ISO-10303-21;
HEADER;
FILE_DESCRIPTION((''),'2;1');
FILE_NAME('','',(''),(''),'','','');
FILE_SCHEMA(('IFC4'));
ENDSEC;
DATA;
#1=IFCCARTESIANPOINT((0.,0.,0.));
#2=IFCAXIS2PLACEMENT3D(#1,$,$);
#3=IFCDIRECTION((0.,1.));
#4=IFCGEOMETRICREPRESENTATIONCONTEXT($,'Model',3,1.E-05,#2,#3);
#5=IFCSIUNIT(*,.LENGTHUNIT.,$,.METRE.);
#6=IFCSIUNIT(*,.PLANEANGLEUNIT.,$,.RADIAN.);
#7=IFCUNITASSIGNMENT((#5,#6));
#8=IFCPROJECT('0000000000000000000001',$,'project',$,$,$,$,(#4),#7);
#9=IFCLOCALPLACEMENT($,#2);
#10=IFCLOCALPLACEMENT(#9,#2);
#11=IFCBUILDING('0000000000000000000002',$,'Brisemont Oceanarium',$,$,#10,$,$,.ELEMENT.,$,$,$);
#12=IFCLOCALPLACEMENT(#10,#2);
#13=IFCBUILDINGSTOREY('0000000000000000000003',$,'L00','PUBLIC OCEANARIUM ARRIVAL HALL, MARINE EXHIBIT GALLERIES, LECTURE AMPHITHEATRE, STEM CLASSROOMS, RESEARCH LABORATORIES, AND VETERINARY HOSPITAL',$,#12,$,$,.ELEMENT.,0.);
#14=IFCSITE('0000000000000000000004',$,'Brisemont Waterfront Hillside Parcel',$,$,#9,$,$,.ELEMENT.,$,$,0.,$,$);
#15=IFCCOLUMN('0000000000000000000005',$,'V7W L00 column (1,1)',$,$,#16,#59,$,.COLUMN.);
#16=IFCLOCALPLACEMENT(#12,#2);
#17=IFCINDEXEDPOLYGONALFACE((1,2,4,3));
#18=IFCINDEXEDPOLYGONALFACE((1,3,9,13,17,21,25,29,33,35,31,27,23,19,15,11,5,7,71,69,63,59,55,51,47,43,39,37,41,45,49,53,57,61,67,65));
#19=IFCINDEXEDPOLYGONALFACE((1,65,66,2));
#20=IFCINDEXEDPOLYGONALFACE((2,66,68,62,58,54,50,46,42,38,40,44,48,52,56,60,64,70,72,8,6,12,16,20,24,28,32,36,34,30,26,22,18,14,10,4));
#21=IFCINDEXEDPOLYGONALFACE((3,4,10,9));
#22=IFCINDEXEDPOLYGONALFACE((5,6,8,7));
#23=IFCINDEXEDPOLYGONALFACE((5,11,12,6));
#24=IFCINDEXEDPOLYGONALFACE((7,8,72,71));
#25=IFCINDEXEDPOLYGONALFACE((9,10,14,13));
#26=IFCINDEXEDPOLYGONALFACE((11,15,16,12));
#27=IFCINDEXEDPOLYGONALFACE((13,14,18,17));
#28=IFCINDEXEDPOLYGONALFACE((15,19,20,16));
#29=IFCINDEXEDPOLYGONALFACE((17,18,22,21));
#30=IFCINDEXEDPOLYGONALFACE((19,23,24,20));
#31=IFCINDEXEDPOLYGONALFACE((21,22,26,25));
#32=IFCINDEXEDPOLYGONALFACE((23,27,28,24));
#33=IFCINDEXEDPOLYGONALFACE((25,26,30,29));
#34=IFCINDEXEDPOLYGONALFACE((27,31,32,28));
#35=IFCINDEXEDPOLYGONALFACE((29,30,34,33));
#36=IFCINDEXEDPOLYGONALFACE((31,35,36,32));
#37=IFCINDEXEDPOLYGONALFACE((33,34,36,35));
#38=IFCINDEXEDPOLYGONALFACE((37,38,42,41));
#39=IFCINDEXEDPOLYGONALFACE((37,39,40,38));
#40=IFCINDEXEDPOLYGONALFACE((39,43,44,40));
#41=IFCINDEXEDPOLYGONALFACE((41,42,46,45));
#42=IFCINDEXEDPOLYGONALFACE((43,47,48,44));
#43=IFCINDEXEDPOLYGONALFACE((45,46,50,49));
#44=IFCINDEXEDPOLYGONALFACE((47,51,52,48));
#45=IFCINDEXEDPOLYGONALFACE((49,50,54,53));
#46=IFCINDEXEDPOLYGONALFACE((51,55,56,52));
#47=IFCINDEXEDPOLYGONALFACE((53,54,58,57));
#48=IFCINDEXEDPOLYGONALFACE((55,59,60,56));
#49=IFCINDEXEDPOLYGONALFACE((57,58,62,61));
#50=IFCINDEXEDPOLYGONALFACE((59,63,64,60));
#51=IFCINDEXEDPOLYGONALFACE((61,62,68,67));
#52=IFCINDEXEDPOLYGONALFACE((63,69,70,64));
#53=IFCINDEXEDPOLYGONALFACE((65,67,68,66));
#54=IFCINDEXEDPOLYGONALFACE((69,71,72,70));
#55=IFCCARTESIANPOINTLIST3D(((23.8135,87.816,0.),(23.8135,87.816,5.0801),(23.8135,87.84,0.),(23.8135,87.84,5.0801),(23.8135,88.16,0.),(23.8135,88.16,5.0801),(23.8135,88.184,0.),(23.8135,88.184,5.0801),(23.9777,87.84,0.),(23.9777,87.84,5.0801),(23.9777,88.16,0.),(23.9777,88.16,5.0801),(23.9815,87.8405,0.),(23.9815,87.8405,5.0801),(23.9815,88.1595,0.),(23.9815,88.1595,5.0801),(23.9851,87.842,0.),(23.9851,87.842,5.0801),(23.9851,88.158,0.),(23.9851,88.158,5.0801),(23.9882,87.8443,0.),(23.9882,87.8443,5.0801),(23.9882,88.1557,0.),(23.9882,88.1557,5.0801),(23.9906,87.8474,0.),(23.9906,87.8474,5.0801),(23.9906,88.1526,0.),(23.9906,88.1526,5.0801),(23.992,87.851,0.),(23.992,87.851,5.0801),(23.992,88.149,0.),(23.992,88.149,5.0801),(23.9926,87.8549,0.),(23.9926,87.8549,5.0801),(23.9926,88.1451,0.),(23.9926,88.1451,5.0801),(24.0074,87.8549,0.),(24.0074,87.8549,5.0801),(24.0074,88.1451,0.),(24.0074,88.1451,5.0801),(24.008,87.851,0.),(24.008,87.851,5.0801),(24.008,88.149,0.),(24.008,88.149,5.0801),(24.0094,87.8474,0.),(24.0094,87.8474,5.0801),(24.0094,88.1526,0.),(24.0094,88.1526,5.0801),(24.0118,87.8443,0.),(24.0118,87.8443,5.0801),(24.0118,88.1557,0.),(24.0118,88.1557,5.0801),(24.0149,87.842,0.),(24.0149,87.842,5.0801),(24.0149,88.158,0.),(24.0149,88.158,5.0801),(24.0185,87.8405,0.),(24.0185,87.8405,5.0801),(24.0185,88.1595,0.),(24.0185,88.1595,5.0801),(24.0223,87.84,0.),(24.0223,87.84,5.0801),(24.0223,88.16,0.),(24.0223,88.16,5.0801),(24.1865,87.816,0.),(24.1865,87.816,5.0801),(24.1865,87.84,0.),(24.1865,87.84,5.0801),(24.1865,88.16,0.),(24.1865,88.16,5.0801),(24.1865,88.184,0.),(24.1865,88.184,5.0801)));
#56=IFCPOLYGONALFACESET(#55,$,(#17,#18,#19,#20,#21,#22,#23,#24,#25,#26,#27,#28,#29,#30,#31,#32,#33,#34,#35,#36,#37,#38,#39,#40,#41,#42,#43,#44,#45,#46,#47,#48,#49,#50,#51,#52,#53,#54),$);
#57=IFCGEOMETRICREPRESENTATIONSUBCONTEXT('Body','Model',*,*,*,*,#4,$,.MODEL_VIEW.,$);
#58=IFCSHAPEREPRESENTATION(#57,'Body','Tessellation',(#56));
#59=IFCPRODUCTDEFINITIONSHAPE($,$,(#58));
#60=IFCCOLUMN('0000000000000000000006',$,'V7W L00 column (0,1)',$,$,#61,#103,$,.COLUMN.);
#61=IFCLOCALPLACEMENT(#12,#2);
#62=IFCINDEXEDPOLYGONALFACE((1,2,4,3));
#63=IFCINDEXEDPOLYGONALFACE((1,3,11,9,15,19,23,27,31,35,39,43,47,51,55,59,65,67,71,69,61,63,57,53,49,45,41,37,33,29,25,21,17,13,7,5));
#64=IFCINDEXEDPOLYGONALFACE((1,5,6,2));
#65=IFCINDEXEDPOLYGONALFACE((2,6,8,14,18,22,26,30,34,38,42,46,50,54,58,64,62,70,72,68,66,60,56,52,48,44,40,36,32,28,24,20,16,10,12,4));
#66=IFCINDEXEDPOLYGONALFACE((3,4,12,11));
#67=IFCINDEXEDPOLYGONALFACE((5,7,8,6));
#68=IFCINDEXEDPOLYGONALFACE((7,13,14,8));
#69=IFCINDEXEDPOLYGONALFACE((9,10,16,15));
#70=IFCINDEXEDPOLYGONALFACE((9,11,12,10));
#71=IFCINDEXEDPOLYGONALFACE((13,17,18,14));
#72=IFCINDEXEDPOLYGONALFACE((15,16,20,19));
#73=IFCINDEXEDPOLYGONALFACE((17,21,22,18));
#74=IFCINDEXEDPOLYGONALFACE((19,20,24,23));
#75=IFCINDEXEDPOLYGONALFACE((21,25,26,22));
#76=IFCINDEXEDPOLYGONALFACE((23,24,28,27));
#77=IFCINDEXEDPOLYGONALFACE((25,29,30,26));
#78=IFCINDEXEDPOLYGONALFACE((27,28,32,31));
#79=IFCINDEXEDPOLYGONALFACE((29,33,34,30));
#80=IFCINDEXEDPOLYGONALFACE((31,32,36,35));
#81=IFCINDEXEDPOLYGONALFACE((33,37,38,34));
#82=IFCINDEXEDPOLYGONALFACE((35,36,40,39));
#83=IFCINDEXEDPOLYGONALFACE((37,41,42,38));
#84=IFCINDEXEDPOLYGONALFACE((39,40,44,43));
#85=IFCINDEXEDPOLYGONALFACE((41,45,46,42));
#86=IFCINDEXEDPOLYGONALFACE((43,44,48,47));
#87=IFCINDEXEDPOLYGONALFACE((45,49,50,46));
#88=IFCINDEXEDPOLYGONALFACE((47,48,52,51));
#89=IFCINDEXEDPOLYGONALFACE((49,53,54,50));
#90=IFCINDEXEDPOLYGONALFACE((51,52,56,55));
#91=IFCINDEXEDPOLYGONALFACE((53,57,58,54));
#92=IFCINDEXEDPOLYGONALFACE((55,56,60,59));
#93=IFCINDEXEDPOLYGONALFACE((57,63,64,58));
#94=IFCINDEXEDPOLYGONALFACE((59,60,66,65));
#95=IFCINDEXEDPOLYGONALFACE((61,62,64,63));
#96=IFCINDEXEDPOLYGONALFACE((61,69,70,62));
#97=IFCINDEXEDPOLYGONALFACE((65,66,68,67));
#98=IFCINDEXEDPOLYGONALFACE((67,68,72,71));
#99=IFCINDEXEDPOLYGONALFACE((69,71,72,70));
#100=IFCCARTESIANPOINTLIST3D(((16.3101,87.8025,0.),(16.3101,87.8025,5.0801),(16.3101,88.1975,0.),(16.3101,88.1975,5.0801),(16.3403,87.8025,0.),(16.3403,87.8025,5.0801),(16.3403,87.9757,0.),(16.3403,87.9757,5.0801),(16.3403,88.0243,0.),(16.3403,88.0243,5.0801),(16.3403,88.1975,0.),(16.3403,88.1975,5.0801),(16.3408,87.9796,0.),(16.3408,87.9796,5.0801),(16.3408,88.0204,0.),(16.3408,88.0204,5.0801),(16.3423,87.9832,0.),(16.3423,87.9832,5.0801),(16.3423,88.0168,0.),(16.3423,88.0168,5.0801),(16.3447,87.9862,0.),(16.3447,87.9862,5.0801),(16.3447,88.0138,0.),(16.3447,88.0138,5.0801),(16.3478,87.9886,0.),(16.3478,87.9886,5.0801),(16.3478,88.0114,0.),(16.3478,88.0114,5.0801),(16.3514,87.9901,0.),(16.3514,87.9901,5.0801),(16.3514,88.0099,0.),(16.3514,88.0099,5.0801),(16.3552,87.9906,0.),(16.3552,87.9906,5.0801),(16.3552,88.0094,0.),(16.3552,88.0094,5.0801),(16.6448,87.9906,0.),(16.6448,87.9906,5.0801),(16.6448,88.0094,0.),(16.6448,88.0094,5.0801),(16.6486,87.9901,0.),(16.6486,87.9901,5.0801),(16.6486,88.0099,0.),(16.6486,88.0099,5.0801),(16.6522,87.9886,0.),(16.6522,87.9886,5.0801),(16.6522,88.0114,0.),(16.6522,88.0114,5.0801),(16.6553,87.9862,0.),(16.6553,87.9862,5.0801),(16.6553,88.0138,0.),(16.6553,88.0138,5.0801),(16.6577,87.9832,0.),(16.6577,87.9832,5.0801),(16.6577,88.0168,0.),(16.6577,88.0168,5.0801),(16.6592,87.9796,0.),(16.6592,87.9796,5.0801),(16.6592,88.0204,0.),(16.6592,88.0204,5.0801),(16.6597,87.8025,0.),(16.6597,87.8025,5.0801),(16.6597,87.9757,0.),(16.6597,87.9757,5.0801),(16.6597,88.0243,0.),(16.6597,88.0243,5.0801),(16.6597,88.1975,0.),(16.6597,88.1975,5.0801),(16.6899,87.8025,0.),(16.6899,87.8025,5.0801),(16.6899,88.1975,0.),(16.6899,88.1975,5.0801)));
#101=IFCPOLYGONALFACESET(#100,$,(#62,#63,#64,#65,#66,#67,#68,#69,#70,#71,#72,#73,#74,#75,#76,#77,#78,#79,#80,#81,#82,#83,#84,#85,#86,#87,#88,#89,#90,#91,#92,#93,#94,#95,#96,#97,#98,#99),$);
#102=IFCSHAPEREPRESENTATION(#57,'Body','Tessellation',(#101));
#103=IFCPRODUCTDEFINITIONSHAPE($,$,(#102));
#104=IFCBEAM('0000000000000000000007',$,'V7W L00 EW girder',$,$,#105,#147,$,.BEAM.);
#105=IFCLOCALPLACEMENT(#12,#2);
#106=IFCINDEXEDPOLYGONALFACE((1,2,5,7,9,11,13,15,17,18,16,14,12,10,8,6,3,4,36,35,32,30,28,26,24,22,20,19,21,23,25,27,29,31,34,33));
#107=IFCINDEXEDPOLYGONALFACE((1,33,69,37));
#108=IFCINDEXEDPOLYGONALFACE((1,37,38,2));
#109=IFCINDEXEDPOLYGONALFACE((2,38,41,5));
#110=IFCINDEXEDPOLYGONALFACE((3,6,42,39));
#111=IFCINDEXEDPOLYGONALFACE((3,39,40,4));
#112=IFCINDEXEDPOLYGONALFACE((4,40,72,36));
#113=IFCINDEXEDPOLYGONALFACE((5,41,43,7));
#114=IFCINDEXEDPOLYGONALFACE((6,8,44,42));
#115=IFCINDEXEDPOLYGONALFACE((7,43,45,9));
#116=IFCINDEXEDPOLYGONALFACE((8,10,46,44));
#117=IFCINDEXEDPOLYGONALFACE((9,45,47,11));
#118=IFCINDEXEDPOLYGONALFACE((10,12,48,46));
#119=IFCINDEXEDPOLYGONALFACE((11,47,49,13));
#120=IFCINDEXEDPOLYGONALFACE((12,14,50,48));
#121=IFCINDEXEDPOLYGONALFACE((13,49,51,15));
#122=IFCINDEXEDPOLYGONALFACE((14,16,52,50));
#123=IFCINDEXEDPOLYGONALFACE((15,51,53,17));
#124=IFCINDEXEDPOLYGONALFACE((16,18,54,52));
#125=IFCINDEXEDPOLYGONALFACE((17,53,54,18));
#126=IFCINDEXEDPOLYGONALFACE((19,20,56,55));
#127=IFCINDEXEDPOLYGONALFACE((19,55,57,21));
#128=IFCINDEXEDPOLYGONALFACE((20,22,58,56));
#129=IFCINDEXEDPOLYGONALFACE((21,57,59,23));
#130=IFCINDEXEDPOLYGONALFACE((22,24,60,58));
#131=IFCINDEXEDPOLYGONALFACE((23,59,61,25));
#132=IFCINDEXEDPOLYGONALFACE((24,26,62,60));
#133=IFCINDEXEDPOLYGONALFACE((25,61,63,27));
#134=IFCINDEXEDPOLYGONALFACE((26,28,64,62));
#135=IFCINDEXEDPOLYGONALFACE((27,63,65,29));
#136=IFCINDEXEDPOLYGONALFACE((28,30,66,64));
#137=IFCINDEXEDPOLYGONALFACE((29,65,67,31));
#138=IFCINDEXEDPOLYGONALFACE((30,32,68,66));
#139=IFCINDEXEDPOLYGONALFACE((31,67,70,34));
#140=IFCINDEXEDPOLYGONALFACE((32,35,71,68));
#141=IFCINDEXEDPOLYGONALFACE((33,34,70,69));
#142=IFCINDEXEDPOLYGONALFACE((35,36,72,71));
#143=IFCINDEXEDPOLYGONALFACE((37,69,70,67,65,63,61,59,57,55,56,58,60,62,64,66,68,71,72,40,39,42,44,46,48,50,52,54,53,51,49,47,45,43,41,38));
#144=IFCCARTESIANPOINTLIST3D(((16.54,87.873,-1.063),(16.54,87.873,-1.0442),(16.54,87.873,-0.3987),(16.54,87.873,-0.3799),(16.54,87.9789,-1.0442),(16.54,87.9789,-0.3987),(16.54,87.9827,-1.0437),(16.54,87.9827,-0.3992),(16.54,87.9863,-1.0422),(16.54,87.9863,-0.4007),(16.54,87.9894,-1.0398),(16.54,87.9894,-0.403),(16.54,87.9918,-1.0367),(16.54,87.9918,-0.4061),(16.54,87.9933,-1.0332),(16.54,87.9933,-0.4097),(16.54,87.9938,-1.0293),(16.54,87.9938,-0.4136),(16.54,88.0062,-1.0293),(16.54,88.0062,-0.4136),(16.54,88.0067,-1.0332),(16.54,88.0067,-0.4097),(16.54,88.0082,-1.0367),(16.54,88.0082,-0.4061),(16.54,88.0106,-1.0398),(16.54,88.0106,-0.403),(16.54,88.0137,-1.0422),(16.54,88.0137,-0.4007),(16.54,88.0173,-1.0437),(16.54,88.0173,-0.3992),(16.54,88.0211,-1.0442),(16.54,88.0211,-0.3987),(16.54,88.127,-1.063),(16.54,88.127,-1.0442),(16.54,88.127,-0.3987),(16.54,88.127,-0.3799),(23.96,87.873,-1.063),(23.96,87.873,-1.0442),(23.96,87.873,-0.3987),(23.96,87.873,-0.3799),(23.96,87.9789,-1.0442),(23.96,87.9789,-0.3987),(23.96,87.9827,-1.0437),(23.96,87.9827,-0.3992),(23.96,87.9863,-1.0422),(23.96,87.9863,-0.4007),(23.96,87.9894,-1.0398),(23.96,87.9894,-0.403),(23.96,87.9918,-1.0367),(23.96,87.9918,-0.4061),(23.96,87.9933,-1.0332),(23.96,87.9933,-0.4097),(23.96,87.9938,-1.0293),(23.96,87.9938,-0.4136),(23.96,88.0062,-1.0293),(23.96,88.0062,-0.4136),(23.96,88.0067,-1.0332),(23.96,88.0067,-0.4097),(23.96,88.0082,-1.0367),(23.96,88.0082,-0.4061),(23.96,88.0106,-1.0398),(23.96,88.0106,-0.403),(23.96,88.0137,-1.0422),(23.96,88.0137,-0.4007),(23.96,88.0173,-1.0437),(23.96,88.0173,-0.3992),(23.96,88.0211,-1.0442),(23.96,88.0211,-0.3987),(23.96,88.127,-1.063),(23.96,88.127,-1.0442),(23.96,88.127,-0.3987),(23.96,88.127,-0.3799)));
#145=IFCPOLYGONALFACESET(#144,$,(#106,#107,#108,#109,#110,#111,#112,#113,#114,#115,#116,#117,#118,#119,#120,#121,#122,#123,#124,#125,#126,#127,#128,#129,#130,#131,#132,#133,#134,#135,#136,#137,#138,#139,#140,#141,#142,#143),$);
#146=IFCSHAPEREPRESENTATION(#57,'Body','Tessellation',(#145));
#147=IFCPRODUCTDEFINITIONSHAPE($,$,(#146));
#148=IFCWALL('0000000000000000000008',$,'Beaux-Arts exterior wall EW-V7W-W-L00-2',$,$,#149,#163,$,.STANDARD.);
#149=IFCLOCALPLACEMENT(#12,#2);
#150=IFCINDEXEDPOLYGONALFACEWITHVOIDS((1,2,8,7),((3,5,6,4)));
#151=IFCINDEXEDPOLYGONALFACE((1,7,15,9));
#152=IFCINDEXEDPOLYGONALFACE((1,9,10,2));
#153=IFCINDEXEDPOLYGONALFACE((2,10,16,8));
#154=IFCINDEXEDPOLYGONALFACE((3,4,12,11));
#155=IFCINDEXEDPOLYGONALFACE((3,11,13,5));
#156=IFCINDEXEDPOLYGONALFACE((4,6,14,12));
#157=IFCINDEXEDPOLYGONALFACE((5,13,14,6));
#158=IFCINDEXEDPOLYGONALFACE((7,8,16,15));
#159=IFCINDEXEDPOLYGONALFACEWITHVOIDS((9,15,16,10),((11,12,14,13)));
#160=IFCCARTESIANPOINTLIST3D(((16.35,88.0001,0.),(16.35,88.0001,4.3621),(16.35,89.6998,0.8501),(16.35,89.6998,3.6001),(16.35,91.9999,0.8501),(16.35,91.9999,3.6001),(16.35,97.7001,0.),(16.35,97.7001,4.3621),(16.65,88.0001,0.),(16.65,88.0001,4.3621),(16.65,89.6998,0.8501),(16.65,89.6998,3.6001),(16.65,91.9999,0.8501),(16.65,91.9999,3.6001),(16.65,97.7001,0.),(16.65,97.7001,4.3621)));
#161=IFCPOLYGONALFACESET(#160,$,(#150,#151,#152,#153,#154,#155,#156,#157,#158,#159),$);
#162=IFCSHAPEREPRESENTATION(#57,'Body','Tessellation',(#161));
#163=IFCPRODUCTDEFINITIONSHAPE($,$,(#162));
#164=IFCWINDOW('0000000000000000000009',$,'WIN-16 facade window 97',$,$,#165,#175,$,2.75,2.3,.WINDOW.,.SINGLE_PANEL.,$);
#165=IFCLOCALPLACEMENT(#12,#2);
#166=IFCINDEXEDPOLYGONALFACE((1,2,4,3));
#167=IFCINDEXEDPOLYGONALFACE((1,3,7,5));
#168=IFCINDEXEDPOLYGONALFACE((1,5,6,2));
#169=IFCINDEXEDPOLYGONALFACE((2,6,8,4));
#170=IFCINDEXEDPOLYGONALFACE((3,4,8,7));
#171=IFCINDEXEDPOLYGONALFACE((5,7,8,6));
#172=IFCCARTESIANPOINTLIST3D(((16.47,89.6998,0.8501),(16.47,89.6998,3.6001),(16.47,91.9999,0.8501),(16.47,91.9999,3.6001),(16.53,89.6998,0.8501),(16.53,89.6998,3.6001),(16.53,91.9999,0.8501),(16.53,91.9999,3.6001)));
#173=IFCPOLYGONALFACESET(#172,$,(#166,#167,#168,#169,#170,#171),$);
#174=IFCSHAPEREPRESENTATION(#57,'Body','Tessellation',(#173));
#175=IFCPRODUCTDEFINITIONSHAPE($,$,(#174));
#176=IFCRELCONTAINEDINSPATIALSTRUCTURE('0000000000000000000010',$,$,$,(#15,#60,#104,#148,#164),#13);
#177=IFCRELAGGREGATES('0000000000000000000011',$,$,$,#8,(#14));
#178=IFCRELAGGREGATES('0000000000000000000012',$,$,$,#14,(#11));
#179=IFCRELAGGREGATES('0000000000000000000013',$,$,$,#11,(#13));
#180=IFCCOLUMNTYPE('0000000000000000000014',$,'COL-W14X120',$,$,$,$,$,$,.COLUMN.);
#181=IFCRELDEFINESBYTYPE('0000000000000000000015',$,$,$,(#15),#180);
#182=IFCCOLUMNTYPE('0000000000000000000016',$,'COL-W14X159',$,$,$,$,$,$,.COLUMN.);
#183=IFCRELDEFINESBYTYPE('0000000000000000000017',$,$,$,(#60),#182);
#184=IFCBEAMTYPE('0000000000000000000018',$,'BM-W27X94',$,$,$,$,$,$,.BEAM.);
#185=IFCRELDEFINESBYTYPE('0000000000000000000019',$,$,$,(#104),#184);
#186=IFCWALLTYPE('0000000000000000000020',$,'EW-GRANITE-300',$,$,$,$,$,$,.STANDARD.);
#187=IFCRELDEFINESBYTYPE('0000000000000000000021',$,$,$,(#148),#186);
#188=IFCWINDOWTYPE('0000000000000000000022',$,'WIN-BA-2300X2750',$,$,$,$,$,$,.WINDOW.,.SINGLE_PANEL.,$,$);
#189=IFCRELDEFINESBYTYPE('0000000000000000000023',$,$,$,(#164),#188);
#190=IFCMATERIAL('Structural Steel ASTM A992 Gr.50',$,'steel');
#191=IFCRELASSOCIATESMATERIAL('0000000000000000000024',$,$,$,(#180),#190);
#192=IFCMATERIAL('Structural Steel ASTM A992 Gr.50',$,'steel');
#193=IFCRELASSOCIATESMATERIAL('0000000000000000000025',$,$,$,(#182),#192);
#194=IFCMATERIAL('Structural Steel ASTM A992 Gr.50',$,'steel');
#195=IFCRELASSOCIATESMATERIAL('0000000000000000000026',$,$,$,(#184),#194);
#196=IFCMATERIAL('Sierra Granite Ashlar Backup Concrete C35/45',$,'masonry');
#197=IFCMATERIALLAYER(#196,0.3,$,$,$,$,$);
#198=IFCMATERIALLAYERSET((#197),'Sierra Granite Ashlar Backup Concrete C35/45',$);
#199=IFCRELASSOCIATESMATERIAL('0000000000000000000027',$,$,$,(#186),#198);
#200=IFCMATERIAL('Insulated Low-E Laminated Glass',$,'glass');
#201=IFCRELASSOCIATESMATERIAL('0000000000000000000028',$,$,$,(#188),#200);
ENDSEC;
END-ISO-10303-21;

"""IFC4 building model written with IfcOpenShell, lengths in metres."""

from ifc_helpers import new_model, si_unit, direction, frame, frame_2d, origin, origin_2d, place, context, subcontext, project, spatial, rectangle, i_section, extrude, material, layer, layer_set, material_profile, profile_set, type_object, element, fill, save


model = new_model("IFC4")

# Units and contexts
model_context = context("Model", 3, precision=1e-05, world=origin(), true_north=direction((0.0, 1.0)))
body_context = subcontext(model_context, "Body", "Model", "MODEL_VIEW")
ifc_project = project(units=[si_unit("LENGTHUNIT", "METRE"), si_unit("PLANEANGLEUNIT", "RADIAN")], contexts=[model_context])

# Site, building, storey
site_placement = place(None, origin())
site = spatial("IfcSite", under=ifc_project, at=site_placement, Name="Brisemont Waterfront Hillside Parcel", CompositionType="ELEMENT", RefElevation=0.0)
building_placement = place(site_placement, origin())
building = spatial("IfcBuilding", under=site, at=building_placement, Name="Brisemont Oceanarium", CompositionType="ELEMENT")
storey_placement = place(building_placement, origin())
storey = spatial("IfcBuildingStorey", under=building, at=storey_placement, Name="L00", Description="PUBLIC OCEANARIUM ARRIVAL HALL, MARINE EXHIBIT GALLERIES, LECTURE AMPHITHEATRE, STEM CLASSROOMS, RESEARCH LABORATORIES, AND VETERINARY HOSPITAL", CompositionType="ELEMENT", Elevation=0.0)

# Columns
ifc_material_1 = material(Name="Structural Steel ASTM A992 Gr.50", Category="steel")
ifc_material_profile_1 = material_profile(ifc_material_1, i_section(OverallWidth=0.373, OverallDepth=0.3679, WebThickness=0.0149, FlangeThickness=0.0239, FilletRadius=0.0149, at=origin_2d()), Name="W14X120")
ifc_profile_set_1 = profile_set([ifc_material_profile_1], Name="Structural Steel ASTM A992 Gr.50")
column_type_1 = type_object("IfcColumnType", Name="COL-W14X120", PredefinedType="COLUMN", material=ifc_profile_set_1)
column_1_placement = place(storey_placement, frame((24.0, 88.0, 0.0), z_axis=(0.0, 0.0, 1.0), x_axis=(1.0, 0.0, 0.0)))
element("IfcColumn", 1, at=column_1_placement, inside=storey, type_object=column_type_1, Name="V7W L00 column (1,1)", PredefinedType="COLUMN", context=body_context, shape_type="SweptSolid", body=[
    extrude(i_section(OverallWidth=0.373, OverallDepth=0.3679, WebThickness=0.0149, FlangeThickness=0.0239, FilletRadius=0.0149, at=origin_2d()), origin(), (0.0, 0.0, 1.0), 5.0801),
])
ifc_material_2 = material(Name="Structural Steel ASTM A992 Gr.50", Category="steel")
ifc_material_profile_2 = material_profile(ifc_material_2, i_section(OverallWidth=0.395, OverallDepth=0.3799, WebThickness=0.0188, FlangeThickness=0.0303, FilletRadius=0.0149, at=origin_2d()), Name="W14X159")
ifc_profile_set_2 = profile_set([ifc_material_profile_2], Name="Structural Steel ASTM A992 Gr.50")
column_type_2 = type_object("IfcColumnType", Name="COL-W14X159", PredefinedType="COLUMN", material=ifc_profile_set_2)
column_2_placement = place(storey_placement, frame((16.5, 88.0, 0.0), z_axis=(0.0, 0.0, 1.0), x_axis=(0.0, 1.0, 0.0)))
element("IfcColumn", 2, at=column_2_placement, inside=storey, type_object=column_type_2, Name="V7W L00 column (0,1)", PredefinedType="COLUMN", context=body_context, shape_type="SweptSolid", body=[
    extrude(i_section(OverallWidth=0.395, OverallDepth=0.3799, WebThickness=0.0188, FlangeThickness=0.0303, FilletRadius=0.0149, at=origin_2d()), origin(), (0.0, 0.0, 1.0), 5.0801),
])

# Beam
ifc_material_3 = material(Name="Structural Steel ASTM A992 Gr.50", Category="steel")
ifc_material_profile_3 = material_profile(ifc_material_3, i_section(OverallWidth=0.2539, OverallDepth=0.6831, WebThickness=0.0125, FlangeThickness=0.0188, FilletRadius=0.0149, at=origin_2d()), Name="W27X94")
ifc_profile_set_3 = profile_set([ifc_material_profile_3], Name="Structural Steel ASTM A992 Gr.50")
beam_type = type_object("IfcBeamType", Name="BM-W27X94", PredefinedType="BEAM", material=ifc_profile_set_3)
beam_placement = place(storey_placement, frame((16.54, 88.0, -0.7214), z_axis=(1.0, 0.0, 0.0), x_axis=(0.0, 1.0, 0.0)))
element("IfcBeam", 3, at=beam_placement, inside=storey, type_object=beam_type, Name="V7W L00 EW girder", PredefinedType="BEAM", context=body_context, shape_type="SweptSolid", body=[
    extrude(i_section(OverallWidth=0.2539, OverallDepth=0.6831, WebThickness=0.0125, FlangeThickness=0.0188, FilletRadius=0.0149, at=origin_2d()), origin(), (0.0, 0.0, 1.0), 7.4199),
])

# Wall, opening, window
ifc_material_4 = material(Name="Sierra Granite Ashlar Backup Concrete C35/45", Category="masonry")
ifc_layer_1 = layer(ifc_material_4, 0.3)
ifc_layer_set_1 = layer_set([ifc_layer_1], Name="Sierra Granite Ashlar Backup Concrete C35/45")
wall_type_1 = type_object("IfcWallType", Name="EW-GRANITE-300", PredefinedType="STANDARD", material=ifc_layer_set_1)
wall_1_placement = place(storey_placement, frame((16.5, 88.0, 0.0), z_axis=(0.0, 0.0, 1.0), x_axis=(0.0, 1.0, 0.0)))
wall_1 = element("IfcWall", 4, at=wall_1_placement, inside=storey, type_object=wall_type_1, Name="Beaux-Arts exterior wall EW-V7W-W-L00-2", PredefinedType="STANDARD", context=body_context, shape_type="SweptSolid", body=[
    extrude(rectangle(XDim=9.7, YDim=0.3, at=frame_2d((4.8501, 0.0))), origin(), (0.0, 0.0, 1.0), 4.3621),
])
opening_1_placement = place(wall_1_placement, frame((1.7, 0.0, 0.8501)))
opening_1 = element("IfcOpeningElement", 5, at=opening_1_placement, cuts=wall_1, PredefinedType="OPENING", context=body_context, shape_type="SweptSolid", body=[
    extrude(rectangle(XDim=2.3, YDim=2.75, at=frame_2d((1.1499, 1.375))), frame((0.0, 0.1599, 0.0), z_axis=(0.0, -1.0, 0.0), x_axis=(1.0, 0.0, 0.0)), (0.0, 0.0, 1.0), 0.3201),
])
ifc_material_5 = material(Name="Insulated Low-E Laminated Glass", Category="glass")
window_type = type_object("IfcWindowType", Name="WIN-BA-2300X2750", PartitioningType="SINGLE_PANEL", PredefinedType="WINDOW", material=ifc_material_5)
window_placement = place(opening_1_placement, origin())
window = element("IfcWindow", 6, at=window_placement, inside=storey, type_object=window_type, Name="WIN-16 facade window 97", OverallHeight=2.75, OverallWidth=2.3, PartitioningType="SINGLE_PANEL", PredefinedType="WINDOW", context=body_context, shape_type="SweptSolid", body=[
    extrude(rectangle(XDim=2.3, YDim=2.75, at=frame_2d((1.1499, 1.375))), frame((0.0, 0.03, 0.0), z_axis=(0.0, -1.0, 0.0), x_axis=(1.0, 0.0, 0.0)), (0.0, 0.0, 1.0), 0.0601),
])
fill(opening_1, window)

save(model, "model.ifc")
